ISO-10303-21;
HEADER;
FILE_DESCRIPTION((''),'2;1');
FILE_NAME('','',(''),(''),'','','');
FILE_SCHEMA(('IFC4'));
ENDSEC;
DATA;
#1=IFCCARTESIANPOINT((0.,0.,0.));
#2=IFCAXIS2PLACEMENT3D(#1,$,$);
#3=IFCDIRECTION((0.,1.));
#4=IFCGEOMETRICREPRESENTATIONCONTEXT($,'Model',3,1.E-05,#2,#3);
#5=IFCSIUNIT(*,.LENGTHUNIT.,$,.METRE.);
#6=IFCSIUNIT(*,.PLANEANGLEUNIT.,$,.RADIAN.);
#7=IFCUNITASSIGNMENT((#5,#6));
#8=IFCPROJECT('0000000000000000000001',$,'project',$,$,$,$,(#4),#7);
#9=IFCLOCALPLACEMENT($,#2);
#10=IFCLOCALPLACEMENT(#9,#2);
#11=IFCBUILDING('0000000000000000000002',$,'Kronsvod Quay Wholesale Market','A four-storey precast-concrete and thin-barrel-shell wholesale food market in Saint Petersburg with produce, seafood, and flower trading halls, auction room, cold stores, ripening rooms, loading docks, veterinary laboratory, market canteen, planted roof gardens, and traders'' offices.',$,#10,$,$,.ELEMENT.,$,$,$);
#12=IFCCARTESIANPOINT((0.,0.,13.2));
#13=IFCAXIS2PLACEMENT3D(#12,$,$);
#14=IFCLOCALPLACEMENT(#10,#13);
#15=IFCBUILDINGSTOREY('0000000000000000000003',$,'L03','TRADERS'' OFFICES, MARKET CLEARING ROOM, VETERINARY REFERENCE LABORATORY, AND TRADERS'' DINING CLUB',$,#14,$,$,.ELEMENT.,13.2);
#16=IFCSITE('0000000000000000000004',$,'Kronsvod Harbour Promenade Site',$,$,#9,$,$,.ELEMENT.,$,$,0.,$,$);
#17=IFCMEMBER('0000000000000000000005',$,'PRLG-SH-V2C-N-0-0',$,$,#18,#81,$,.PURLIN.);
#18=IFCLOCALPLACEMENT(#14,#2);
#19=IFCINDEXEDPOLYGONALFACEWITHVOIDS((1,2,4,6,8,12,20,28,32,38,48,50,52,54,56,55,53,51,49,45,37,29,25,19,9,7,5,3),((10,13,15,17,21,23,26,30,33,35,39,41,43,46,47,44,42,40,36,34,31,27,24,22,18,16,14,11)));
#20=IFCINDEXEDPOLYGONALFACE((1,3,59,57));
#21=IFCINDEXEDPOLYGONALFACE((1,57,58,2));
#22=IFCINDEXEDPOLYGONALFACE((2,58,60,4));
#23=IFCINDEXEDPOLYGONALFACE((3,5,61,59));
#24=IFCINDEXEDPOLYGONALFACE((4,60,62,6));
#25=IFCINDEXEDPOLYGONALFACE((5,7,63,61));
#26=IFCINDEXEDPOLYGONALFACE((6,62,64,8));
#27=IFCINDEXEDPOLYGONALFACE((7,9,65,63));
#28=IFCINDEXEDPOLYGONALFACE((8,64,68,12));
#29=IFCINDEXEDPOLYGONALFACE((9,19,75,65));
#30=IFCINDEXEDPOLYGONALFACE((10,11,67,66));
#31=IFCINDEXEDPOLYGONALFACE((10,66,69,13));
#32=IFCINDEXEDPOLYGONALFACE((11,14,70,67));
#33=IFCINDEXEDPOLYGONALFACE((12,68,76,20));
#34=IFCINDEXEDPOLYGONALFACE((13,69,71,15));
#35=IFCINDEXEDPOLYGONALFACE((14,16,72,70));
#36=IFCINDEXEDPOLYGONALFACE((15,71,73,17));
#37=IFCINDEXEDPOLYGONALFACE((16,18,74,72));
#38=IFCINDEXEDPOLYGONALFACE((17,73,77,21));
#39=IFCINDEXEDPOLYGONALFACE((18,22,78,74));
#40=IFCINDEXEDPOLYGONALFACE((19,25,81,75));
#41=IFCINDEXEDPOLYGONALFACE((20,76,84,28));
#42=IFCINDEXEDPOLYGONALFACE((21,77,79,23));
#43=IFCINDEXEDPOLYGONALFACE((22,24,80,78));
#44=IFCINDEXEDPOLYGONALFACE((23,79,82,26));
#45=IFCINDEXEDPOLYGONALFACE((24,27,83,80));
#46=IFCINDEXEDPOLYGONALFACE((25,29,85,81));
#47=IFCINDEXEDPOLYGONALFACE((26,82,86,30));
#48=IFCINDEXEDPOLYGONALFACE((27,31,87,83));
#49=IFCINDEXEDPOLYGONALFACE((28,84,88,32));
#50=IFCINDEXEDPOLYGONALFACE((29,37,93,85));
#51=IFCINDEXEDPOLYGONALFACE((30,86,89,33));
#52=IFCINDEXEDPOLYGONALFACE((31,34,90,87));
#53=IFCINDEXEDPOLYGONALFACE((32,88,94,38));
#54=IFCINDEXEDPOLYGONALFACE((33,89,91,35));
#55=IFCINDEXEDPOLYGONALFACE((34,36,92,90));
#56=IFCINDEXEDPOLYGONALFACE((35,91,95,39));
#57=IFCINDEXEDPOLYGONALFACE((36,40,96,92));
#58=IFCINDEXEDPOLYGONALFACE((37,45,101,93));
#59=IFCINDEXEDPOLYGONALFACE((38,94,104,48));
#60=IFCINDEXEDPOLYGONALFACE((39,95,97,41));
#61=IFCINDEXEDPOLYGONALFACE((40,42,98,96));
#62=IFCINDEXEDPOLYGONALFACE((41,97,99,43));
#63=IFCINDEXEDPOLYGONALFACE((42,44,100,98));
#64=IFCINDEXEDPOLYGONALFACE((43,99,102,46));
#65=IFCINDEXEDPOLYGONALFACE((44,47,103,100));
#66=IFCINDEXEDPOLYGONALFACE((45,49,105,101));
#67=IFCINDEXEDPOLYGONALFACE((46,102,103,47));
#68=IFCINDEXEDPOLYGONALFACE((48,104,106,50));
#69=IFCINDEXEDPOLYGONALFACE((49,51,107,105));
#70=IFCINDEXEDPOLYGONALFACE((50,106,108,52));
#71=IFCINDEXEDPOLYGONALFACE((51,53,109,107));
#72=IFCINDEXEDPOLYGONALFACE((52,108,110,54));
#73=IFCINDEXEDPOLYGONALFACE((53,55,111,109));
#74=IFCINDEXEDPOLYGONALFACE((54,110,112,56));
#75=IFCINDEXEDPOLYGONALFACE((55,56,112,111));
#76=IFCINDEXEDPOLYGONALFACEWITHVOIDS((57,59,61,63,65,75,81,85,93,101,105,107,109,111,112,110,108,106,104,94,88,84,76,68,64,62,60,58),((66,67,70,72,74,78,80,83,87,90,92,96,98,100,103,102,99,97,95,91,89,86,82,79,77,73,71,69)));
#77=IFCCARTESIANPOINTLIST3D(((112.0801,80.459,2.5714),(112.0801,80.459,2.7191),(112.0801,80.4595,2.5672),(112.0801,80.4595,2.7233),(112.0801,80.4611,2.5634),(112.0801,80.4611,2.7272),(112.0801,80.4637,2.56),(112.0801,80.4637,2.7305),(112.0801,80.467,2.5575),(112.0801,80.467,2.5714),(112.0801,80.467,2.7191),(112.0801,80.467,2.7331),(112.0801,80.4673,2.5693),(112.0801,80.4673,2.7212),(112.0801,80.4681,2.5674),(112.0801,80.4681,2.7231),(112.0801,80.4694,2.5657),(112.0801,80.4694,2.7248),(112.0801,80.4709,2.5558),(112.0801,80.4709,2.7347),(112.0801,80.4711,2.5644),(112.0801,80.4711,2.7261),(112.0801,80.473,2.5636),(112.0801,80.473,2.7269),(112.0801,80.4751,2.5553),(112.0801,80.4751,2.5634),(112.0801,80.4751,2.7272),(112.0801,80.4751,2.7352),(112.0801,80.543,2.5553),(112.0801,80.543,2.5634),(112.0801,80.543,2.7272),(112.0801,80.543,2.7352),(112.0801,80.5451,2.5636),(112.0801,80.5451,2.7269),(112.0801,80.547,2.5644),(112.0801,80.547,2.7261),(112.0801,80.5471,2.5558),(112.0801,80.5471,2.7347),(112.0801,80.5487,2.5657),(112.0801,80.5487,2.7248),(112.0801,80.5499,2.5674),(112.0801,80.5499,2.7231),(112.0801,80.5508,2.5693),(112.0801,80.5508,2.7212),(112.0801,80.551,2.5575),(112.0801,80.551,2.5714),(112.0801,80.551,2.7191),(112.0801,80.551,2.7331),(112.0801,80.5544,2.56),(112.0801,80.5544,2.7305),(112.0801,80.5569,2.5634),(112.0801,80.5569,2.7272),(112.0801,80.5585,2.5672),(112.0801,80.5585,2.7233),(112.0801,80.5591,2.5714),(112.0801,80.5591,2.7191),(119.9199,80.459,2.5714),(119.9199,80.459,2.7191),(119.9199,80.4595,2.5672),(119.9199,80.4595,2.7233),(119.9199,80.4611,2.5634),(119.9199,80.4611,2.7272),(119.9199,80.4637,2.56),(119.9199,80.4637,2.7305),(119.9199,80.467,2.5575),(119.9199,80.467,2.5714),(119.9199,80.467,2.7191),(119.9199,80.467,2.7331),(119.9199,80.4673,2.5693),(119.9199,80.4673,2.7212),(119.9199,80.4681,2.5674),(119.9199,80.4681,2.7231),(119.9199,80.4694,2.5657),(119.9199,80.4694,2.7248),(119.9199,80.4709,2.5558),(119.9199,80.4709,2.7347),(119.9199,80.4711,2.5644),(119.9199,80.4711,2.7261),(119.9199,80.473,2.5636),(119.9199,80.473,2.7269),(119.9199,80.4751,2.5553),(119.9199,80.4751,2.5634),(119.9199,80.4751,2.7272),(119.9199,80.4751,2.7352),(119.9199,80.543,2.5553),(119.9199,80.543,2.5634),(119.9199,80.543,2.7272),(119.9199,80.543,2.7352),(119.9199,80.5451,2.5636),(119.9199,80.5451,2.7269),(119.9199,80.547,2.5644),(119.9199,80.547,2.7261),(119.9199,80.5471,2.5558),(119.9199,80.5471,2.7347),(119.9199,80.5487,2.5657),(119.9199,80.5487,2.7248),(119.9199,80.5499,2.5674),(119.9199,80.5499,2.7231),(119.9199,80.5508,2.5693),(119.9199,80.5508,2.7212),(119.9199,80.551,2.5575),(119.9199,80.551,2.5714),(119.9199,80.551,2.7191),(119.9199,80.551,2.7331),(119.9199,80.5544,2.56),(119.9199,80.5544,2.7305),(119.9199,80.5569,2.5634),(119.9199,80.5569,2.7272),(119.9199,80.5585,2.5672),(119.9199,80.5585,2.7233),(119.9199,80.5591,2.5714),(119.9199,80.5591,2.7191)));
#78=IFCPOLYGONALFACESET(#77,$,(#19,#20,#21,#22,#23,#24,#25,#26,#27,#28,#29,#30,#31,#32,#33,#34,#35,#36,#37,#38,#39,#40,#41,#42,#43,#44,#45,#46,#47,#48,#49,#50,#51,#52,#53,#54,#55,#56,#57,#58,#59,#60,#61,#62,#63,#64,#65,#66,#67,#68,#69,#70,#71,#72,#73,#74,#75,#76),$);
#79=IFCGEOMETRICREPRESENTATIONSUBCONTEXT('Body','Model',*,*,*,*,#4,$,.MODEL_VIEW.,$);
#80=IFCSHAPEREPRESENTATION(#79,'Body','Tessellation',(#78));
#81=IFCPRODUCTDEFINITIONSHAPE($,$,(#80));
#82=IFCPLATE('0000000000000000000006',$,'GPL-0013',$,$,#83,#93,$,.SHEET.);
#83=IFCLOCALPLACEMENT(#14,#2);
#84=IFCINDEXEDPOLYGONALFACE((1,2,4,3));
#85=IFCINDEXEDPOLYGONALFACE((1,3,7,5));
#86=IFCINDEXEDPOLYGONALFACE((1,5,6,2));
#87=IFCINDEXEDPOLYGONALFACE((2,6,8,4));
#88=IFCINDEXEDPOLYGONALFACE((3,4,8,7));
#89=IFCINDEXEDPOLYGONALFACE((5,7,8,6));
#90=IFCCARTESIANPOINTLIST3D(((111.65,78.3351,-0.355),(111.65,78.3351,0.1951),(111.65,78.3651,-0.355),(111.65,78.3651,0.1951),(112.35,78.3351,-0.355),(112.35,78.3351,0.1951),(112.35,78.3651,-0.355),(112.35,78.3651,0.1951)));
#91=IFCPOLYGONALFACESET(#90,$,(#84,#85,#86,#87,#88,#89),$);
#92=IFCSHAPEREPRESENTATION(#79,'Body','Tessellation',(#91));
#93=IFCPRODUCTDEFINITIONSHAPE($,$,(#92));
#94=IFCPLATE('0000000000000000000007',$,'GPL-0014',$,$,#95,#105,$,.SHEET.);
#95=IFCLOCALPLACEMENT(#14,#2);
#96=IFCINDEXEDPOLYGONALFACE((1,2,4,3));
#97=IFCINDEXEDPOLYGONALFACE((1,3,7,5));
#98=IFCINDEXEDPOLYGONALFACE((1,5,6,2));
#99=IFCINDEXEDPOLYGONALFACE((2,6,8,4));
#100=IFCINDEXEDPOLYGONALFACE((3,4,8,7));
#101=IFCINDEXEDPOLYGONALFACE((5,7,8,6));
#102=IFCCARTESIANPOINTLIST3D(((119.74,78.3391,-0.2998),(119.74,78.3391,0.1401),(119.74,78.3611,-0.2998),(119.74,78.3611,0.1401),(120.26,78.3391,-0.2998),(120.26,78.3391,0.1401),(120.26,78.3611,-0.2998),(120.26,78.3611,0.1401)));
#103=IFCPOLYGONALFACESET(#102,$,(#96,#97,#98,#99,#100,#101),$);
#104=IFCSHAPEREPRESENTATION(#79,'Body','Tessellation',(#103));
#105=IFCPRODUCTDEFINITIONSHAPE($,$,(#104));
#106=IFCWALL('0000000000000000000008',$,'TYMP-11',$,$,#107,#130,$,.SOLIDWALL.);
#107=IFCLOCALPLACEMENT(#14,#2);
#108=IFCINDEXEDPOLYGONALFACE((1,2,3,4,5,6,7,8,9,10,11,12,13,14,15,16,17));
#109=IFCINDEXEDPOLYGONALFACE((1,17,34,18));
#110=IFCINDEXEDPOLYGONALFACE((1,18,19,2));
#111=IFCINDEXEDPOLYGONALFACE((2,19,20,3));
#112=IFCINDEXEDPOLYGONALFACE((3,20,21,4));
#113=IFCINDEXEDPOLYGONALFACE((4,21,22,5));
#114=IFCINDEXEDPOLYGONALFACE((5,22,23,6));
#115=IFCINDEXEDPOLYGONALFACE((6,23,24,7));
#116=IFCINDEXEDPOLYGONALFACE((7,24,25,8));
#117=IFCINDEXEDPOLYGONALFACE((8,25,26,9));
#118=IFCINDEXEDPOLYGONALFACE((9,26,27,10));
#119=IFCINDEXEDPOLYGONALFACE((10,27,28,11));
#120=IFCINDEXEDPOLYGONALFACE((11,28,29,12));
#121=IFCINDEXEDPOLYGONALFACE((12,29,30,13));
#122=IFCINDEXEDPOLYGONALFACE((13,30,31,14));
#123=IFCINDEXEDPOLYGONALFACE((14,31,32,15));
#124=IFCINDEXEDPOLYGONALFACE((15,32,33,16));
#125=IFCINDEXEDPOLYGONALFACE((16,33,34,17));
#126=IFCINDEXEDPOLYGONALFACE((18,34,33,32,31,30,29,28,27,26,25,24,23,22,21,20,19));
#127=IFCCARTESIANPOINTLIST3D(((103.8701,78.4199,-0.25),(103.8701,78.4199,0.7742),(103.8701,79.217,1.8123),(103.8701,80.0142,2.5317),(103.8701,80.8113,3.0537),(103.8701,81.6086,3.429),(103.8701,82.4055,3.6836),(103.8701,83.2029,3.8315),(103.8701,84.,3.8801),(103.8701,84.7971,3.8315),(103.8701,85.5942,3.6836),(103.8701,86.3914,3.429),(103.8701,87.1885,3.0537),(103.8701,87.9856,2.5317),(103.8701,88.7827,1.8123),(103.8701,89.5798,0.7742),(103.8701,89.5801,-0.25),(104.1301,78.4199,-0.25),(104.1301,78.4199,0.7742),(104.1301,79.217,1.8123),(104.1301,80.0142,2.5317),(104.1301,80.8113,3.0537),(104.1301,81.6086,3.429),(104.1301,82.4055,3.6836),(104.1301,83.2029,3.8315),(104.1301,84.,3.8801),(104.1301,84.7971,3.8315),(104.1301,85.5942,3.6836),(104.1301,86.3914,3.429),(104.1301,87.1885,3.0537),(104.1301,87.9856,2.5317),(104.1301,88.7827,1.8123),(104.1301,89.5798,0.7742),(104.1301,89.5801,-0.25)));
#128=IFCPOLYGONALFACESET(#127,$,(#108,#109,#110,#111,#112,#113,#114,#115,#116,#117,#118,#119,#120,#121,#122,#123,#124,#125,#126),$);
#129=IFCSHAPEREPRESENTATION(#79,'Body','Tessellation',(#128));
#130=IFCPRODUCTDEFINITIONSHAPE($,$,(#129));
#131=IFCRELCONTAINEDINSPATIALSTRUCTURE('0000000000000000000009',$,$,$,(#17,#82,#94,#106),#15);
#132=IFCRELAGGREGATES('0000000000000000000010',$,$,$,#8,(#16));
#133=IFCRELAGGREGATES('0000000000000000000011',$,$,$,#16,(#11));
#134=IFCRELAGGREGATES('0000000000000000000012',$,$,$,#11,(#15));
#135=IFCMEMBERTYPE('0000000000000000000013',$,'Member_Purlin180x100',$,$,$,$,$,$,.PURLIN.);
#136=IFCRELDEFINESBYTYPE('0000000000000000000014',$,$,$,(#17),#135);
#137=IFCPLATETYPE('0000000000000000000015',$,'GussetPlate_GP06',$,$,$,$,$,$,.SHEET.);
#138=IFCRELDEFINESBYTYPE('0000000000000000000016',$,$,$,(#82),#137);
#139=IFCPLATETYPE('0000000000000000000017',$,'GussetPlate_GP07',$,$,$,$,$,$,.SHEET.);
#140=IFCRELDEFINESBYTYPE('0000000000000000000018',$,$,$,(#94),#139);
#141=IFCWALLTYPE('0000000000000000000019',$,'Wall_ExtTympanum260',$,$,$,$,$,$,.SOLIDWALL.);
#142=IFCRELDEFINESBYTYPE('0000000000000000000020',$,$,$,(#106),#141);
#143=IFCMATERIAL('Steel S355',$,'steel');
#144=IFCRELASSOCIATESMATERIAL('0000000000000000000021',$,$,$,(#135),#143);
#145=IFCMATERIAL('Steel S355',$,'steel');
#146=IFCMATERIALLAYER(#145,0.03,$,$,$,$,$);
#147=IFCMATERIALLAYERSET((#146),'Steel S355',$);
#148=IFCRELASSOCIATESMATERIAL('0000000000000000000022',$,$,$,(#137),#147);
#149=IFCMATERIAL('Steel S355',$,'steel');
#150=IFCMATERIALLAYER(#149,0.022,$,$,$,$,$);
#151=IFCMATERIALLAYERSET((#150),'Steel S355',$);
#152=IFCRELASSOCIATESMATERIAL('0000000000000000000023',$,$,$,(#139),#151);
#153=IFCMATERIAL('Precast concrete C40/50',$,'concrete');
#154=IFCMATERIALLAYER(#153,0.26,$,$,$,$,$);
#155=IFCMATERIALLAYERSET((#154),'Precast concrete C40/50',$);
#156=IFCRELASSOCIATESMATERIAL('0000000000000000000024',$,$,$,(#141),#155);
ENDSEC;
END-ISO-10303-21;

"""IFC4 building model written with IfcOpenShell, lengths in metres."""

from ifc_helpers import new_model, si_unit, direction, frame, origin, origin_2d, place, context, subcontext, project, spatial, polyline, rectangle, hollow_rectangle, outline, extrude, material, layer, layer_set, material_profile, profile_set, type_object, element, save


model = new_model("IFC4")

# Units and contexts
model_context = context("Model", 3, precision=1e-05, world=origin(), true_north=direction((0.0, 1.0)))
body_context = subcontext(model_context, "Body", "Model", "MODEL_VIEW")
ifc_project = project(units=[si_unit("LENGTHUNIT", "METRE"), si_unit("PLANEANGLEUNIT", "RADIAN")], contexts=[model_context])

# Site, building, storey
site_placement = place(None, origin())
site = spatial("IfcSite", under=ifc_project, at=site_placement, Name="Kronsvod Harbour Promenade Site", CompositionType="ELEMENT", RefElevation=0.0)
building_placement = place(site_placement, origin())
building = spatial("IfcBuilding", under=site, at=building_placement, Name="Kronsvod Quay Wholesale Market", Description="A four-storey precast-concrete and thin-barrel-shell wholesale food market in Saint Petersburg with produce, seafood, and flower trading halls, auction room, cold stores, ripening rooms, loading docks, veterinary laboratory, market canteen, planted roof gardens, and traders' offices.", CompositionType="ELEMENT")
storey_placement = place(building_placement, frame((0.0, 0.0, 13.2)))
storey = spatial("IfcBuildingStorey", under=building, at=storey_placement, Name="L03", Description="TRADERS' OFFICES, MARKET CLEARING ROOM, VETERINARY REFERENCE LABORATORY, AND TRADERS' DINING CLUB", CompositionType="ELEMENT", Elevation=13.2)

# Member
ifc_material_1 = material(Name="Steel S355", Category="steel")
ifc_material_profile_1 = material_profile(ifc_material_1, hollow_rectangle(XDim=0.1001, YDim=0.1799, WallThickness=0.0081, InnerFilletRadius=0.0081, OuterFilletRadius=0.0161, at=origin_2d()), Name="RHS180x100x8")
ifc_profile_set_1 = profile_set([ifc_material_profile_1], Name="Steel S355")
member_type_1 = type_object("IfcMemberType", Name="Member_Purlin180x100", PredefinedType="PURLIN", material=ifc_profile_set_1)
member_1_placement = place(storey_placement, frame((112.0801, 80.509, 2.6453), z_axis=(1.0, 0.0, 0.0), x_axis=(0.0, 1.0, 0.0)))
element("IfcMember", 1, at=member_1_placement, inside=storey, type_object=member_type_1, Name="PRLG-SH-V2C-N-0-0", PredefinedType="PURLIN", context=body_context, shape_type="SweptSolid", body=[
    extrude(hollow_rectangle(XDim=0.1001, YDim=0.1799, WallThickness=0.0081, InnerFilletRadius=0.0081, OuterFilletRadius=0.0161, at=origin_2d()), origin(), (0.0, 0.0, 1.0), 7.8398),
])

# Plates
ifc_material_2 = material(Name="Steel S355", Category="steel")
ifc_layer_1 = layer(ifc_material_2, 0.03)
ifc_layer_set_1 = layer_set([ifc_layer_1], Name="Steel S355")
plate_type_1 = type_object("IfcPlateType", Name="GussetPlate_GP06", PredefinedType="SHEET", material=ifc_layer_set_1)
plate_1_placement = place(storey_placement, frame((112.0, 78.3501, -0.355), z_axis=(0.0, 0.0, 1.0), x_axis=(1.0, 0.0, 0.0)))
element("IfcPlate", 2, at=plate_1_placement, inside=storey, type_object=plate_type_1, Name="GPL-0013", PredefinedType="SHEET", context=body_context, shape_type="SweptSolid", body=[
    extrude(rectangle(XDim=0.7, YDim=0.03, at=origin_2d()), origin(), (0.0, 0.0, 1.0), 0.55),
])
ifc_material_3 = material(Name="Steel S355", Category="steel")
ifc_layer_2 = layer(ifc_material_3, 0.022)
ifc_layer_set_2 = layer_set([ifc_layer_2], Name="Steel S355")
plate_type_2 = type_object("IfcPlateType", Name="GussetPlate_GP07", PredefinedType="SHEET", material=ifc_layer_set_2)
plate_2_placement = place(storey_placement, frame((120.0, 78.3501, -0.2998), z_axis=(0.0, 0.0, 1.0), x_axis=(1.0, 0.0, 0.0)))
element("IfcPlate", 3, at=plate_2_placement, inside=storey, type_object=plate_type_2, Name="GPL-0014", PredefinedType="SHEET", context=body_context, shape_type="SweptSolid", body=[
    extrude(rectangle(XDim=0.52, YDim=0.022, at=origin_2d()), origin(), (0.0, 0.0, 1.0), 0.4399),
])

# Wall
ifc_material_4 = material(Name="Precast concrete C40/50", Category="concrete")
ifc_layer_3 = layer(ifc_material_4, 0.26)
ifc_layer_set_3 = layer_set([ifc_layer_3], Name="Precast concrete C40/50")
wall_type = type_object("IfcWallType", Name="Wall_ExtTympanum260", PredefinedType="SOLIDWALL", material=ifc_layer_set_3)
wall_placement = place(storey_placement, frame((104.0, 78.4199, -0.25), z_axis=(0.0, 0.0, 1.0), x_axis=(0.0, 1.0, 0.0)))
element("IfcWall", 4, at=wall_placement, inside=storey, type_object=wall_type, Name="TYMP-11", PredefinedType="SOLIDWALL", context=body_context, shape_type="SweptSolid", body=[
    extrude(outline(polyline([(0.0, 0.0), (11.1602, 0.0), (11.1599, 1.0242), (10.3628, 2.0623), (9.5657, 2.7817), (8.7686, 3.3037), (7.9714, 3.679), (7.1743, 3.9336), (6.3772, 4.0815), (5.5801, 4.1301), (4.783, 4.0815), (3.9856, 3.9336), (3.1887, 3.679), (2.3914, 3.3037), (1.5942, 2.7817), (0.7971, 2.0623), (0.0, 1.0242), (0.0, 0.0)])), frame((0.0, 0.1299, 0.0), z_axis=(0.0, -1.0, 0.0), x_axis=(1.0, 0.0, 0.0)), (0.0, 0.0, 1.0), 0.26),
])

save(model, "model.ifc")
